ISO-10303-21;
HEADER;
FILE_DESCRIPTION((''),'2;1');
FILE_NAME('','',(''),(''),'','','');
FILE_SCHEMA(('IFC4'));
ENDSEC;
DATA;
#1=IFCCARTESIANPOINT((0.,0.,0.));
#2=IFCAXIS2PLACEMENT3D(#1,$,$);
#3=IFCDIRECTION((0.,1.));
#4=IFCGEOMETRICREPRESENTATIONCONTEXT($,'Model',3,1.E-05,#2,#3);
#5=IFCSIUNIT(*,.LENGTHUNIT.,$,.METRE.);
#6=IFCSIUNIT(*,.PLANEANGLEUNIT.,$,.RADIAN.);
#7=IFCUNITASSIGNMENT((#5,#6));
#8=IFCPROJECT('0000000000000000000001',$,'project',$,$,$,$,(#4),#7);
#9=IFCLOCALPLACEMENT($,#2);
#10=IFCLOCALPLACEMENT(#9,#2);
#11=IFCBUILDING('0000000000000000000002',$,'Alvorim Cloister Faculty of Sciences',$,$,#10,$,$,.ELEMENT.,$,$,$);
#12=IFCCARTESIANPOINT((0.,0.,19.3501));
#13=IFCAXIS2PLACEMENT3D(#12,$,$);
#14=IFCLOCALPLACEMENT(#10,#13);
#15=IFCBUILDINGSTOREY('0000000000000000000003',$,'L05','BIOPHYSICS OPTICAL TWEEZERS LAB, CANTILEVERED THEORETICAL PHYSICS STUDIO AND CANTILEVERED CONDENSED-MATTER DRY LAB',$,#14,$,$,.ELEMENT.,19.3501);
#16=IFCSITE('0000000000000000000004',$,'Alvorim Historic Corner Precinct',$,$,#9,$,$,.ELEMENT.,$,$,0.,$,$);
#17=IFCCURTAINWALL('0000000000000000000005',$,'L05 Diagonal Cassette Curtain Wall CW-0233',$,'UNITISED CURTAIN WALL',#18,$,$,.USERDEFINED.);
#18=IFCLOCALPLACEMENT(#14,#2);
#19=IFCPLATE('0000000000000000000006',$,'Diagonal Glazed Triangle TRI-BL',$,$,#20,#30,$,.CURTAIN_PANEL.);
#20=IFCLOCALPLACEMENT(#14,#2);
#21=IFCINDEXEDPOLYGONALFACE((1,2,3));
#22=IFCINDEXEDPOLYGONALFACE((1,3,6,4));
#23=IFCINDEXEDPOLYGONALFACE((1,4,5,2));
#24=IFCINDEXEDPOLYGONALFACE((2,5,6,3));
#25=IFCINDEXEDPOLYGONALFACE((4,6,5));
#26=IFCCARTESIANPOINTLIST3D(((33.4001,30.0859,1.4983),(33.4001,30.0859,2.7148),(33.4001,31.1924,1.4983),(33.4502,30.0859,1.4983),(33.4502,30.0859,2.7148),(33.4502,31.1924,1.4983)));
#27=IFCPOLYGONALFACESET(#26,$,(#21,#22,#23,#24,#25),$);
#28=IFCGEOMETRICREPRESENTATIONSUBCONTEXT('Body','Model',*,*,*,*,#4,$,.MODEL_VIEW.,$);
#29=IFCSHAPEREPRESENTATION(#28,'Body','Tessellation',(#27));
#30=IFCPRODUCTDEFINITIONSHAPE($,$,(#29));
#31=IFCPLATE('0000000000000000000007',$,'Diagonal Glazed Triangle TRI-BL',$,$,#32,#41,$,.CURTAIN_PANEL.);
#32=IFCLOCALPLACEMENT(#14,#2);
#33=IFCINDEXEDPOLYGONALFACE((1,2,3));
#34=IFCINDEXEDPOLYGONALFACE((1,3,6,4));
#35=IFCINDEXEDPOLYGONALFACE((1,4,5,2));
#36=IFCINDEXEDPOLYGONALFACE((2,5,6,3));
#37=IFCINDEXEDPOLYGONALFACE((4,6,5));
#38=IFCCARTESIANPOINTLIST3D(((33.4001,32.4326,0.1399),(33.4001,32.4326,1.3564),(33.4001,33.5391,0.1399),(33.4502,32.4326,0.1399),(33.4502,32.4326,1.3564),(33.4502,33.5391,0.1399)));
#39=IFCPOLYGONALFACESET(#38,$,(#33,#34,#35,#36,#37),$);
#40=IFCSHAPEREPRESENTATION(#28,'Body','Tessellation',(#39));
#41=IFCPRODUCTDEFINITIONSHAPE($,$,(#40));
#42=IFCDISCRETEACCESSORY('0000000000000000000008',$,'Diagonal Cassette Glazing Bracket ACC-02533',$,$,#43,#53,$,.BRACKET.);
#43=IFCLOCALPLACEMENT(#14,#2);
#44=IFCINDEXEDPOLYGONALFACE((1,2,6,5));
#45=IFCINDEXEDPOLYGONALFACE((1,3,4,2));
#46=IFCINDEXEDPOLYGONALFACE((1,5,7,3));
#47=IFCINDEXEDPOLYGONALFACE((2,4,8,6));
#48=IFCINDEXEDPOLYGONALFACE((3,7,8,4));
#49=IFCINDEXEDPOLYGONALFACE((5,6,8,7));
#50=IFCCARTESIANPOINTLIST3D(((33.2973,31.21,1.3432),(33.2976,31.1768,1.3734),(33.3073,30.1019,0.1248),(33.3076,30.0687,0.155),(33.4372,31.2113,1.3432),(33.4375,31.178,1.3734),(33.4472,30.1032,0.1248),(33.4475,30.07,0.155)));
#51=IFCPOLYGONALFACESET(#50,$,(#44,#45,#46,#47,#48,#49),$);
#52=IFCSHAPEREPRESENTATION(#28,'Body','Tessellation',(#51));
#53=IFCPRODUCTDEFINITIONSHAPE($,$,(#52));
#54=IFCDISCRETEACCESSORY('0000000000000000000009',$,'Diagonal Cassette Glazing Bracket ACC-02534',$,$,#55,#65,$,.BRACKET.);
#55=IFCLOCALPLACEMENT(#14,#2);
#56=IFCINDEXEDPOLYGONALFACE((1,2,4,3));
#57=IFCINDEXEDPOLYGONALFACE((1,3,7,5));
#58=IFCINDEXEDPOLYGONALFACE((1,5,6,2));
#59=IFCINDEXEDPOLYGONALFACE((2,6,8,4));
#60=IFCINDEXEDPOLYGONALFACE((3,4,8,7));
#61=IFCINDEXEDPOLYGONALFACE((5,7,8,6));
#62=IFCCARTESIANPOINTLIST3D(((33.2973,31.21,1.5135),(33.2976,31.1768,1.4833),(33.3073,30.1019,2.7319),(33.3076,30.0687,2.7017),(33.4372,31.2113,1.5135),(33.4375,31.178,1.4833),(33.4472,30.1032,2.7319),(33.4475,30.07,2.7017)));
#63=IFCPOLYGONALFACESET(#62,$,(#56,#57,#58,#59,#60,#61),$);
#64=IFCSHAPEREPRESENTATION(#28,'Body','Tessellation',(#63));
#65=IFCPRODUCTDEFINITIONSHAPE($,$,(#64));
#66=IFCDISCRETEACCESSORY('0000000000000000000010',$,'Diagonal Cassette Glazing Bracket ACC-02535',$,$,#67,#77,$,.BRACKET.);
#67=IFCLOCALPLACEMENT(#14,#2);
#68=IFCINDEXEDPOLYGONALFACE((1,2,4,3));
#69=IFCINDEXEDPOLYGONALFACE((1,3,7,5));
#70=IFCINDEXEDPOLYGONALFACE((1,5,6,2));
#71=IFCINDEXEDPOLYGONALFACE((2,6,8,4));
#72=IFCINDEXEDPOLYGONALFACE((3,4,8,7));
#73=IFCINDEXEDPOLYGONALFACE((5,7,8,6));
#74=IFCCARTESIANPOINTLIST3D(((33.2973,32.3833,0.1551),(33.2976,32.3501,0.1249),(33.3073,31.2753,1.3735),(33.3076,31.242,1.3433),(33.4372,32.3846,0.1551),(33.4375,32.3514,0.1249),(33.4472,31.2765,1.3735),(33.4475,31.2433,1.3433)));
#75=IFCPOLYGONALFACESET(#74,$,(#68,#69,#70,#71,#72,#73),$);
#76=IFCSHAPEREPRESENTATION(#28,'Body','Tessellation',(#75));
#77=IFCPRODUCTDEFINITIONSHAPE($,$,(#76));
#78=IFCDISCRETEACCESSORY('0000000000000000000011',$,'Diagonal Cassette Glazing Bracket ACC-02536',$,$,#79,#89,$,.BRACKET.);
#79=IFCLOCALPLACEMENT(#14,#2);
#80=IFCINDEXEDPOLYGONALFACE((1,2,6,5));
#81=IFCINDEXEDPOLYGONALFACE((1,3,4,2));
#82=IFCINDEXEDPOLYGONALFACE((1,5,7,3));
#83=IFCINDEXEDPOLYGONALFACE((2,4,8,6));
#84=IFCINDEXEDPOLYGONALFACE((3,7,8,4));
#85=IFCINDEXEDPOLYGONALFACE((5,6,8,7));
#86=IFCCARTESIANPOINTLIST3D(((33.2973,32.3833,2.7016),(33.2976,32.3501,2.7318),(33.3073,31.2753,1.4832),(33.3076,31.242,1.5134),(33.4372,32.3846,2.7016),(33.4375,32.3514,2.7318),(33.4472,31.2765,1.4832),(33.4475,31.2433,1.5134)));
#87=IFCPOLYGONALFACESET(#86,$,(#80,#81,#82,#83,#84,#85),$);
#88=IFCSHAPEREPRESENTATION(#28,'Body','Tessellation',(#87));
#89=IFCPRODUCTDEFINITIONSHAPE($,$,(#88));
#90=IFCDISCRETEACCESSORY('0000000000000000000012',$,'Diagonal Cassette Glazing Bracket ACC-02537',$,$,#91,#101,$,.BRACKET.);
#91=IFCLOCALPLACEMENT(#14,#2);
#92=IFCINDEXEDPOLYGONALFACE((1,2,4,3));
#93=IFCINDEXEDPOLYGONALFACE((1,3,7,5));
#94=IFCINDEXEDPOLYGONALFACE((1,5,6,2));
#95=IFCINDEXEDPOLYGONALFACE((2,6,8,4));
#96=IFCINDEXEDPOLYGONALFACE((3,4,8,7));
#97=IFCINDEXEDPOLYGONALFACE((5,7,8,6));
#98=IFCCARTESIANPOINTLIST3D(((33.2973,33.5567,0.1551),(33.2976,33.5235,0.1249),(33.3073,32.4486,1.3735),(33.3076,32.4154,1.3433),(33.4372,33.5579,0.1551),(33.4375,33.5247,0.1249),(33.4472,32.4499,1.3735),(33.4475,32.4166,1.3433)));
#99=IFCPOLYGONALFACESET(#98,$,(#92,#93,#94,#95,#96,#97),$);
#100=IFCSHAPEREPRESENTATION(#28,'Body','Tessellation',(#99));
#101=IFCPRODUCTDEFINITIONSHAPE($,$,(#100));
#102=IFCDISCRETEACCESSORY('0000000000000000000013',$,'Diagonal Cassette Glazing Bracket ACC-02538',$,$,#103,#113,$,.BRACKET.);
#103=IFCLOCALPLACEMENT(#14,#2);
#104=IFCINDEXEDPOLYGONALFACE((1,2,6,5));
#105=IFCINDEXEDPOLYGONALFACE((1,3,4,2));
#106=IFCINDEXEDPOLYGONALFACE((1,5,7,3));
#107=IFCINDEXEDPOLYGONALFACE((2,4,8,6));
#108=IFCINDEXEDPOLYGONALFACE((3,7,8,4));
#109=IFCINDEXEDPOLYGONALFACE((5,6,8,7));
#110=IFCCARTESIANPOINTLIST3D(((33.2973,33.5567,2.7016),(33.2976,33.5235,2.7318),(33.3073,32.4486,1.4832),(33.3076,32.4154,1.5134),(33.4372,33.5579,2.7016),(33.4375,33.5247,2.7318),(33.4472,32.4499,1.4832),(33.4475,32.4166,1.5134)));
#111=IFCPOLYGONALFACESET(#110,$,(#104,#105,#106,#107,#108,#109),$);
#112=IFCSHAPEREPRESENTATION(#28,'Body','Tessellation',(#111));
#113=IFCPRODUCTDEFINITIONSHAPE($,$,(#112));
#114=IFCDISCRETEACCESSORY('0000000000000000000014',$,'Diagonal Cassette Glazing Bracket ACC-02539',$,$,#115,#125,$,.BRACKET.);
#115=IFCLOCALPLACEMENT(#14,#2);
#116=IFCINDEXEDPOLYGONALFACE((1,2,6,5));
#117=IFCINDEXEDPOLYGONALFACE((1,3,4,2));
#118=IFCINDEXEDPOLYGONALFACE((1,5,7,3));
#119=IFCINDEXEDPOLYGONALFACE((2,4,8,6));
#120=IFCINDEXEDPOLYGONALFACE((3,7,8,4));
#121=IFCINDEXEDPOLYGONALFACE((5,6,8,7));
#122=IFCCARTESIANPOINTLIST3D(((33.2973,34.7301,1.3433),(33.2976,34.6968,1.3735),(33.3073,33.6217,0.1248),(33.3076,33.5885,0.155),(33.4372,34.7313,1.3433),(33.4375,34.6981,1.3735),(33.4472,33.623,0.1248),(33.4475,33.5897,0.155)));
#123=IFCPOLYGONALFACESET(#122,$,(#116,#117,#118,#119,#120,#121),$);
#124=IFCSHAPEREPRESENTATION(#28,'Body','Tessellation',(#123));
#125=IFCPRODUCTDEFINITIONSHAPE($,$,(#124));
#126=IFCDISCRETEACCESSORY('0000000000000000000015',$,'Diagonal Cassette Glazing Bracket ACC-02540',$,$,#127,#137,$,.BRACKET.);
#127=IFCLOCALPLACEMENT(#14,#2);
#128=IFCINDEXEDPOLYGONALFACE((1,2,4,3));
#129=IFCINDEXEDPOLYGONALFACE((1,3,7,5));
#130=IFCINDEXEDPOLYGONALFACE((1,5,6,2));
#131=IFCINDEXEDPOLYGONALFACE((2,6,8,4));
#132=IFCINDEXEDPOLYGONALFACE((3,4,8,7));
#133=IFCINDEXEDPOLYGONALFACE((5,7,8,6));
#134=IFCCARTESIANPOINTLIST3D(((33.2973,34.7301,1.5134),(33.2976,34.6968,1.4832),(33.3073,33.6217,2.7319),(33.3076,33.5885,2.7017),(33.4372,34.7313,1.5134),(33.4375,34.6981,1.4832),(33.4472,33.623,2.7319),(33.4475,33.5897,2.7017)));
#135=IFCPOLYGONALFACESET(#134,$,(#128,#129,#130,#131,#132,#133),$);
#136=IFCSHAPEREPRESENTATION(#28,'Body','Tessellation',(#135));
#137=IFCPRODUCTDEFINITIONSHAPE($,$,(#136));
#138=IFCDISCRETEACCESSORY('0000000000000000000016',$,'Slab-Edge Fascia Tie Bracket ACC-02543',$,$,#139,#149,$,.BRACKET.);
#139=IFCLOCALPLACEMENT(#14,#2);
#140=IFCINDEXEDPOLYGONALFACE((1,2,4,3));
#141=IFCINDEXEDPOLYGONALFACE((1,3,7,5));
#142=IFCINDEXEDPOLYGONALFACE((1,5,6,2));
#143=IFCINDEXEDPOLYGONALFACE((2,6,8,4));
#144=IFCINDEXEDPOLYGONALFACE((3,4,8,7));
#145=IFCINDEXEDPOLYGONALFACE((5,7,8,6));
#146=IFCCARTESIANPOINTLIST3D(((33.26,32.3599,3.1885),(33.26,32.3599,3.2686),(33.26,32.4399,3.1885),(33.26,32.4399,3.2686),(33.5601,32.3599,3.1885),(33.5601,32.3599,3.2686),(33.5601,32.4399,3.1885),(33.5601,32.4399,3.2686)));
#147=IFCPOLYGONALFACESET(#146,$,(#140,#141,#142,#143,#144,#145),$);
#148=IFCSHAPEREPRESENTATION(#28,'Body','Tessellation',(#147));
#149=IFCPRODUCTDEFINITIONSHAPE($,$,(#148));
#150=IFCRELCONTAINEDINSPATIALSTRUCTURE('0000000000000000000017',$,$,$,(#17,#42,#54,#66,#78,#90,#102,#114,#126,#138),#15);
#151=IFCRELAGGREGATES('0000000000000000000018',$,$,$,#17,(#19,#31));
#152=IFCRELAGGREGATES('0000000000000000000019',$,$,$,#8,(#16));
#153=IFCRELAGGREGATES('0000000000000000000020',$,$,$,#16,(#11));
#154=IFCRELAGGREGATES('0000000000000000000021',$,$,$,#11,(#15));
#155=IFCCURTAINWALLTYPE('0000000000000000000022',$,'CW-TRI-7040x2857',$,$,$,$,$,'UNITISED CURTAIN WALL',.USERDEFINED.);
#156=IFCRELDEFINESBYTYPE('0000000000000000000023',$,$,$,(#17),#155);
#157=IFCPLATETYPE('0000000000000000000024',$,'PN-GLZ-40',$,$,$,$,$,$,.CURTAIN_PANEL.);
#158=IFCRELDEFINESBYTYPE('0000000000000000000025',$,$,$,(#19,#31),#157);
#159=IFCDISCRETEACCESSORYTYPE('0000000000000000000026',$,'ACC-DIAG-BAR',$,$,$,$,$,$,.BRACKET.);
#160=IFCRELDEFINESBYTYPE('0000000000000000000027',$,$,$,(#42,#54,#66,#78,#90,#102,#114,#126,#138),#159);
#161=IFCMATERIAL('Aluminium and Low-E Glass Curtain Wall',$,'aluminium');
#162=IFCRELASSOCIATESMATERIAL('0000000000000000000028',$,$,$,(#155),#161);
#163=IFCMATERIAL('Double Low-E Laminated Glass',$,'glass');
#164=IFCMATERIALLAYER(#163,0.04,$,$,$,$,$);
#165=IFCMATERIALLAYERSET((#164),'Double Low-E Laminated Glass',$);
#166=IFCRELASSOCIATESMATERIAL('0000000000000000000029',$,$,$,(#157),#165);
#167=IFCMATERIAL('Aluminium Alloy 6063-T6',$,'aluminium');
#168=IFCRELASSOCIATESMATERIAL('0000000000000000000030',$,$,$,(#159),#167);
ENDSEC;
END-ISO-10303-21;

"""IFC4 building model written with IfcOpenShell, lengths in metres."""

from ifc_helpers import new_model, si_unit, direction, frame, origin, origin_2d, place, context, subcontext, project, spatial, polyline, rectangle, outline, extrude, material, layer, layer_set, type_object, element, aggregate, save


model = new_model("IFC4")

# Units and contexts
model_context = context("Model", 3, precision=1e-05, world=origin(), true_north=direction((0.0, 1.0)))
body_context = subcontext(model_context, "Body", "Model", "MODEL_VIEW")
ifc_project = project(units=[si_unit("LENGTHUNIT", "METRE"), si_unit("PLANEANGLEUNIT", "RADIAN")], contexts=[model_context])

# Site, building, storey
site_placement = place(None, origin())
site = spatial("IfcSite", under=ifc_project, at=site_placement, Name="Alvorim Historic Corner Precinct", CompositionType="ELEMENT", RefElevation=0.0)
building_placement = place(site_placement, origin())
building = spatial("IfcBuilding", under=site, at=building_placement, Name="Alvorim Cloister Faculty of Sciences", CompositionType="ELEMENT")
storey_placement = place(building_placement, frame((0.0, 0.0, 19.3501)))
storey = spatial("IfcBuildingStorey", under=building, at=storey_placement, Name="L05", Description="BIOPHYSICS OPTICAL TWEEZERS LAB, CANTILEVERED THEORETICAL PHYSICS STUDIO AND CANTILEVERED CONDENSED-MATTER DRY LAB", CompositionType="ELEMENT", Elevation=19.3501)

# Curtain wall, plates
ifc_material_1 = material(Name="Aluminium and Low-E Glass Curtain Wall", Category="aluminium")
curtain_wall_type = type_object("IfcCurtainWallType", Name="CW-TRI-7040x2857", ElementType="UNITISED CURTAIN WALL", PredefinedType="USERDEFINED", material=ifc_material_1)
curtain_wall_placement = place(storey_placement, origin())
curtain_wall = element("IfcCurtainWall", 1, at=curtain_wall_placement, inside=storey, type_object=curtain_wall_type, Name="L05 Diagonal Cassette Curtain Wall CW-0233", ObjectType="UNITISED CURTAIN WALL", PredefinedType="USERDEFINED")
ifc_material_2 = material(Name="Aluminium Alloy 6063-T6", Category="aluminium")
ifc_material_3 = material(Name="Double Low-E Laminated Glass", Category="glass")
ifc_layer = layer(ifc_material_3, 0.04)
ifc_layer_set = layer_set([ifc_layer], Name="Double Low-E Laminated Glass")
plate_type = type_object("IfcPlateType", Name="PN-GLZ-40", PredefinedType="CURTAIN_PANEL", material=ifc_layer_set)
plate_1_placement = place(storey_placement, frame((33.425, 30.0859, 1.4983), z_axis=(0.0, 0.0, 1.0), x_axis=(0.0, 1.0, 0.0)))
plate_1 = element("IfcPlate", 2, at=plate_1_placement, type_object=plate_type, Name="Diagonal Glazed Triangle TRI-BL", PredefinedType="CURTAIN_PANEL", context=body_context, shape_type="SweptSolid", body=[
    extrude(outline(polyline([(0.0, 0.0), (1.1064, 0.0), (0.0, 1.2166), (0.0, 0.0)])), frame((0.0, 0.0249, 0.0), z_axis=(0.0, -1.0, 0.0), x_axis=(1.0, 0.0, 0.0)), (0.0, 0.0, 1.0), 0.05),
])
plate_2_placement = place(storey_placement, frame((33.425, 32.4326, 0.1399), z_axis=(0.0, 0.0, 1.0), x_axis=(0.0, 1.0, 0.0)))
plate_2 = element("IfcPlate", 3, at=plate_2_placement, type_object=plate_type, Name="Diagonal Glazed Triangle TRI-BL", PredefinedType="CURTAIN_PANEL", context=body_context, shape_type="SweptSolid", body=[
    extrude(outline(polyline([(0.0, 0.0), (1.1064, 0.0), (0.0, 1.2166), (0.0, 0.0)])), frame((0.0, 0.0249, 0.0), z_axis=(0.0, -1.0, 0.0), x_axis=(1.0, 0.0, 0.0)), (0.0, 0.0, 1.0), 0.05),
])
aggregate(curtain_wall, [plate_1, plate_2])

# Discrete accessories
discrete_accessory_type = type_object("IfcDiscreteAccessoryType", Name="ACC-DIAG-BAR", PredefinedType="BRACKET", material=ifc_material_2)
for number, where, z_axis, x_axis, name in (
    (4, (33.3774, 30.0859, 0.1399), (-0.006077, 0.672801, 0.739799), (-0.999959, -0.009032, 0.0), "Diagonal Cassette Glazing Bracket ACC-02533"),
    (5, (33.3774, 30.0859, 2.7168), (-0.006077, 0.672801, -0.739799), (-0.999959, -0.009032, 0.0), "Diagonal Cassette Glazing Bracket ACC-02534"),
    (6, (33.3774, 31.2593, 1.3584), (-0.006077, 0.672801, -0.739799), (-0.999959, -0.009032, 0.0), "Diagonal Cassette Glazing Bracket ACC-02535"),
    (7, (33.3774, 31.2593, 1.4983), (-0.006077, 0.672801, 0.739799), (-0.999959, -0.009032, 0.0), "Diagonal Cassette Glazing Bracket ACC-02536"),
    (8, (33.3774, 32.4326, 1.3584), (-0.006077, 0.672801, -0.739799), (-0.999959, -0.009032, 0.0), "Diagonal Cassette Glazing Bracket ACC-02537"),
    (9, (33.3774, 32.4326, 1.4983), (-0.006077, 0.672801, 0.739799), (-0.999959, -0.009032, 0.0), "Diagonal Cassette Glazing Bracket ACC-02538"),
):
    element("IfcDiscreteAccessory", number, at=place(storey_placement, frame(where, z_axis=z_axis, x_axis=x_axis)), inside=storey, type_object=discrete_accessory_type, Name=name, PredefinedType="BRACKET", context=body_context, shape_type="SweptSolid", body=[
        extrude(rectangle(XDim=0.1399, YDim=0.0449, at=origin_2d()), origin(), (0.0, 0.0, 1.0), 1.647),
    ])
for number, where, z_axis, x_axis, name in (
    (10, (33.3774, 33.6057, 0.1399), (-0.006077, 0.672882, 0.739725), (-0.999959, -0.00903, 0.0), "Diagonal Cassette Glazing Bracket ACC-02539"),
    (11, (33.3774, 33.6057, 2.7168), (-0.006077, 0.672882, -0.739725), (-0.999959, -0.00903, 0.0), "Diagonal Cassette Glazing Bracket ACC-02540"),
):
    element("IfcDiscreteAccessory", number, at=place(storey_placement, frame(where, z_axis=z_axis, x_axis=x_axis)), inside=storey, type_object=discrete_accessory_type, Name=name, PredefinedType="BRACKET", context=body_context, shape_type="SweptSolid", body=[
        extrude(rectangle(XDim=0.1399, YDim=0.0449, at=origin_2d()), origin(), (0.0, 0.0, 1.0), 1.6472),
    ])
discrete_accessory_placement = place(storey_placement, frame((33.26, 32.3999, 3.2285), z_axis=(1.0, 0.0, 0.0), x_axis=(0.0, 1.0, 0.0)))
element("IfcDiscreteAccessory", 12, at=discrete_accessory_placement, inside=storey, type_object=discrete_accessory_type, Name="Slab-Edge Fascia Tie Bracket ACC-02543", PredefinedType="BRACKET", context=body_context, shape_type="SweptSolid", body=[
    extrude(rectangle(XDim=0.0801, YDim=0.0801, at=origin_2d()), origin(), (0.0, 0.0, 1.0), 0.3),
])

save(model, "model.ifc")
